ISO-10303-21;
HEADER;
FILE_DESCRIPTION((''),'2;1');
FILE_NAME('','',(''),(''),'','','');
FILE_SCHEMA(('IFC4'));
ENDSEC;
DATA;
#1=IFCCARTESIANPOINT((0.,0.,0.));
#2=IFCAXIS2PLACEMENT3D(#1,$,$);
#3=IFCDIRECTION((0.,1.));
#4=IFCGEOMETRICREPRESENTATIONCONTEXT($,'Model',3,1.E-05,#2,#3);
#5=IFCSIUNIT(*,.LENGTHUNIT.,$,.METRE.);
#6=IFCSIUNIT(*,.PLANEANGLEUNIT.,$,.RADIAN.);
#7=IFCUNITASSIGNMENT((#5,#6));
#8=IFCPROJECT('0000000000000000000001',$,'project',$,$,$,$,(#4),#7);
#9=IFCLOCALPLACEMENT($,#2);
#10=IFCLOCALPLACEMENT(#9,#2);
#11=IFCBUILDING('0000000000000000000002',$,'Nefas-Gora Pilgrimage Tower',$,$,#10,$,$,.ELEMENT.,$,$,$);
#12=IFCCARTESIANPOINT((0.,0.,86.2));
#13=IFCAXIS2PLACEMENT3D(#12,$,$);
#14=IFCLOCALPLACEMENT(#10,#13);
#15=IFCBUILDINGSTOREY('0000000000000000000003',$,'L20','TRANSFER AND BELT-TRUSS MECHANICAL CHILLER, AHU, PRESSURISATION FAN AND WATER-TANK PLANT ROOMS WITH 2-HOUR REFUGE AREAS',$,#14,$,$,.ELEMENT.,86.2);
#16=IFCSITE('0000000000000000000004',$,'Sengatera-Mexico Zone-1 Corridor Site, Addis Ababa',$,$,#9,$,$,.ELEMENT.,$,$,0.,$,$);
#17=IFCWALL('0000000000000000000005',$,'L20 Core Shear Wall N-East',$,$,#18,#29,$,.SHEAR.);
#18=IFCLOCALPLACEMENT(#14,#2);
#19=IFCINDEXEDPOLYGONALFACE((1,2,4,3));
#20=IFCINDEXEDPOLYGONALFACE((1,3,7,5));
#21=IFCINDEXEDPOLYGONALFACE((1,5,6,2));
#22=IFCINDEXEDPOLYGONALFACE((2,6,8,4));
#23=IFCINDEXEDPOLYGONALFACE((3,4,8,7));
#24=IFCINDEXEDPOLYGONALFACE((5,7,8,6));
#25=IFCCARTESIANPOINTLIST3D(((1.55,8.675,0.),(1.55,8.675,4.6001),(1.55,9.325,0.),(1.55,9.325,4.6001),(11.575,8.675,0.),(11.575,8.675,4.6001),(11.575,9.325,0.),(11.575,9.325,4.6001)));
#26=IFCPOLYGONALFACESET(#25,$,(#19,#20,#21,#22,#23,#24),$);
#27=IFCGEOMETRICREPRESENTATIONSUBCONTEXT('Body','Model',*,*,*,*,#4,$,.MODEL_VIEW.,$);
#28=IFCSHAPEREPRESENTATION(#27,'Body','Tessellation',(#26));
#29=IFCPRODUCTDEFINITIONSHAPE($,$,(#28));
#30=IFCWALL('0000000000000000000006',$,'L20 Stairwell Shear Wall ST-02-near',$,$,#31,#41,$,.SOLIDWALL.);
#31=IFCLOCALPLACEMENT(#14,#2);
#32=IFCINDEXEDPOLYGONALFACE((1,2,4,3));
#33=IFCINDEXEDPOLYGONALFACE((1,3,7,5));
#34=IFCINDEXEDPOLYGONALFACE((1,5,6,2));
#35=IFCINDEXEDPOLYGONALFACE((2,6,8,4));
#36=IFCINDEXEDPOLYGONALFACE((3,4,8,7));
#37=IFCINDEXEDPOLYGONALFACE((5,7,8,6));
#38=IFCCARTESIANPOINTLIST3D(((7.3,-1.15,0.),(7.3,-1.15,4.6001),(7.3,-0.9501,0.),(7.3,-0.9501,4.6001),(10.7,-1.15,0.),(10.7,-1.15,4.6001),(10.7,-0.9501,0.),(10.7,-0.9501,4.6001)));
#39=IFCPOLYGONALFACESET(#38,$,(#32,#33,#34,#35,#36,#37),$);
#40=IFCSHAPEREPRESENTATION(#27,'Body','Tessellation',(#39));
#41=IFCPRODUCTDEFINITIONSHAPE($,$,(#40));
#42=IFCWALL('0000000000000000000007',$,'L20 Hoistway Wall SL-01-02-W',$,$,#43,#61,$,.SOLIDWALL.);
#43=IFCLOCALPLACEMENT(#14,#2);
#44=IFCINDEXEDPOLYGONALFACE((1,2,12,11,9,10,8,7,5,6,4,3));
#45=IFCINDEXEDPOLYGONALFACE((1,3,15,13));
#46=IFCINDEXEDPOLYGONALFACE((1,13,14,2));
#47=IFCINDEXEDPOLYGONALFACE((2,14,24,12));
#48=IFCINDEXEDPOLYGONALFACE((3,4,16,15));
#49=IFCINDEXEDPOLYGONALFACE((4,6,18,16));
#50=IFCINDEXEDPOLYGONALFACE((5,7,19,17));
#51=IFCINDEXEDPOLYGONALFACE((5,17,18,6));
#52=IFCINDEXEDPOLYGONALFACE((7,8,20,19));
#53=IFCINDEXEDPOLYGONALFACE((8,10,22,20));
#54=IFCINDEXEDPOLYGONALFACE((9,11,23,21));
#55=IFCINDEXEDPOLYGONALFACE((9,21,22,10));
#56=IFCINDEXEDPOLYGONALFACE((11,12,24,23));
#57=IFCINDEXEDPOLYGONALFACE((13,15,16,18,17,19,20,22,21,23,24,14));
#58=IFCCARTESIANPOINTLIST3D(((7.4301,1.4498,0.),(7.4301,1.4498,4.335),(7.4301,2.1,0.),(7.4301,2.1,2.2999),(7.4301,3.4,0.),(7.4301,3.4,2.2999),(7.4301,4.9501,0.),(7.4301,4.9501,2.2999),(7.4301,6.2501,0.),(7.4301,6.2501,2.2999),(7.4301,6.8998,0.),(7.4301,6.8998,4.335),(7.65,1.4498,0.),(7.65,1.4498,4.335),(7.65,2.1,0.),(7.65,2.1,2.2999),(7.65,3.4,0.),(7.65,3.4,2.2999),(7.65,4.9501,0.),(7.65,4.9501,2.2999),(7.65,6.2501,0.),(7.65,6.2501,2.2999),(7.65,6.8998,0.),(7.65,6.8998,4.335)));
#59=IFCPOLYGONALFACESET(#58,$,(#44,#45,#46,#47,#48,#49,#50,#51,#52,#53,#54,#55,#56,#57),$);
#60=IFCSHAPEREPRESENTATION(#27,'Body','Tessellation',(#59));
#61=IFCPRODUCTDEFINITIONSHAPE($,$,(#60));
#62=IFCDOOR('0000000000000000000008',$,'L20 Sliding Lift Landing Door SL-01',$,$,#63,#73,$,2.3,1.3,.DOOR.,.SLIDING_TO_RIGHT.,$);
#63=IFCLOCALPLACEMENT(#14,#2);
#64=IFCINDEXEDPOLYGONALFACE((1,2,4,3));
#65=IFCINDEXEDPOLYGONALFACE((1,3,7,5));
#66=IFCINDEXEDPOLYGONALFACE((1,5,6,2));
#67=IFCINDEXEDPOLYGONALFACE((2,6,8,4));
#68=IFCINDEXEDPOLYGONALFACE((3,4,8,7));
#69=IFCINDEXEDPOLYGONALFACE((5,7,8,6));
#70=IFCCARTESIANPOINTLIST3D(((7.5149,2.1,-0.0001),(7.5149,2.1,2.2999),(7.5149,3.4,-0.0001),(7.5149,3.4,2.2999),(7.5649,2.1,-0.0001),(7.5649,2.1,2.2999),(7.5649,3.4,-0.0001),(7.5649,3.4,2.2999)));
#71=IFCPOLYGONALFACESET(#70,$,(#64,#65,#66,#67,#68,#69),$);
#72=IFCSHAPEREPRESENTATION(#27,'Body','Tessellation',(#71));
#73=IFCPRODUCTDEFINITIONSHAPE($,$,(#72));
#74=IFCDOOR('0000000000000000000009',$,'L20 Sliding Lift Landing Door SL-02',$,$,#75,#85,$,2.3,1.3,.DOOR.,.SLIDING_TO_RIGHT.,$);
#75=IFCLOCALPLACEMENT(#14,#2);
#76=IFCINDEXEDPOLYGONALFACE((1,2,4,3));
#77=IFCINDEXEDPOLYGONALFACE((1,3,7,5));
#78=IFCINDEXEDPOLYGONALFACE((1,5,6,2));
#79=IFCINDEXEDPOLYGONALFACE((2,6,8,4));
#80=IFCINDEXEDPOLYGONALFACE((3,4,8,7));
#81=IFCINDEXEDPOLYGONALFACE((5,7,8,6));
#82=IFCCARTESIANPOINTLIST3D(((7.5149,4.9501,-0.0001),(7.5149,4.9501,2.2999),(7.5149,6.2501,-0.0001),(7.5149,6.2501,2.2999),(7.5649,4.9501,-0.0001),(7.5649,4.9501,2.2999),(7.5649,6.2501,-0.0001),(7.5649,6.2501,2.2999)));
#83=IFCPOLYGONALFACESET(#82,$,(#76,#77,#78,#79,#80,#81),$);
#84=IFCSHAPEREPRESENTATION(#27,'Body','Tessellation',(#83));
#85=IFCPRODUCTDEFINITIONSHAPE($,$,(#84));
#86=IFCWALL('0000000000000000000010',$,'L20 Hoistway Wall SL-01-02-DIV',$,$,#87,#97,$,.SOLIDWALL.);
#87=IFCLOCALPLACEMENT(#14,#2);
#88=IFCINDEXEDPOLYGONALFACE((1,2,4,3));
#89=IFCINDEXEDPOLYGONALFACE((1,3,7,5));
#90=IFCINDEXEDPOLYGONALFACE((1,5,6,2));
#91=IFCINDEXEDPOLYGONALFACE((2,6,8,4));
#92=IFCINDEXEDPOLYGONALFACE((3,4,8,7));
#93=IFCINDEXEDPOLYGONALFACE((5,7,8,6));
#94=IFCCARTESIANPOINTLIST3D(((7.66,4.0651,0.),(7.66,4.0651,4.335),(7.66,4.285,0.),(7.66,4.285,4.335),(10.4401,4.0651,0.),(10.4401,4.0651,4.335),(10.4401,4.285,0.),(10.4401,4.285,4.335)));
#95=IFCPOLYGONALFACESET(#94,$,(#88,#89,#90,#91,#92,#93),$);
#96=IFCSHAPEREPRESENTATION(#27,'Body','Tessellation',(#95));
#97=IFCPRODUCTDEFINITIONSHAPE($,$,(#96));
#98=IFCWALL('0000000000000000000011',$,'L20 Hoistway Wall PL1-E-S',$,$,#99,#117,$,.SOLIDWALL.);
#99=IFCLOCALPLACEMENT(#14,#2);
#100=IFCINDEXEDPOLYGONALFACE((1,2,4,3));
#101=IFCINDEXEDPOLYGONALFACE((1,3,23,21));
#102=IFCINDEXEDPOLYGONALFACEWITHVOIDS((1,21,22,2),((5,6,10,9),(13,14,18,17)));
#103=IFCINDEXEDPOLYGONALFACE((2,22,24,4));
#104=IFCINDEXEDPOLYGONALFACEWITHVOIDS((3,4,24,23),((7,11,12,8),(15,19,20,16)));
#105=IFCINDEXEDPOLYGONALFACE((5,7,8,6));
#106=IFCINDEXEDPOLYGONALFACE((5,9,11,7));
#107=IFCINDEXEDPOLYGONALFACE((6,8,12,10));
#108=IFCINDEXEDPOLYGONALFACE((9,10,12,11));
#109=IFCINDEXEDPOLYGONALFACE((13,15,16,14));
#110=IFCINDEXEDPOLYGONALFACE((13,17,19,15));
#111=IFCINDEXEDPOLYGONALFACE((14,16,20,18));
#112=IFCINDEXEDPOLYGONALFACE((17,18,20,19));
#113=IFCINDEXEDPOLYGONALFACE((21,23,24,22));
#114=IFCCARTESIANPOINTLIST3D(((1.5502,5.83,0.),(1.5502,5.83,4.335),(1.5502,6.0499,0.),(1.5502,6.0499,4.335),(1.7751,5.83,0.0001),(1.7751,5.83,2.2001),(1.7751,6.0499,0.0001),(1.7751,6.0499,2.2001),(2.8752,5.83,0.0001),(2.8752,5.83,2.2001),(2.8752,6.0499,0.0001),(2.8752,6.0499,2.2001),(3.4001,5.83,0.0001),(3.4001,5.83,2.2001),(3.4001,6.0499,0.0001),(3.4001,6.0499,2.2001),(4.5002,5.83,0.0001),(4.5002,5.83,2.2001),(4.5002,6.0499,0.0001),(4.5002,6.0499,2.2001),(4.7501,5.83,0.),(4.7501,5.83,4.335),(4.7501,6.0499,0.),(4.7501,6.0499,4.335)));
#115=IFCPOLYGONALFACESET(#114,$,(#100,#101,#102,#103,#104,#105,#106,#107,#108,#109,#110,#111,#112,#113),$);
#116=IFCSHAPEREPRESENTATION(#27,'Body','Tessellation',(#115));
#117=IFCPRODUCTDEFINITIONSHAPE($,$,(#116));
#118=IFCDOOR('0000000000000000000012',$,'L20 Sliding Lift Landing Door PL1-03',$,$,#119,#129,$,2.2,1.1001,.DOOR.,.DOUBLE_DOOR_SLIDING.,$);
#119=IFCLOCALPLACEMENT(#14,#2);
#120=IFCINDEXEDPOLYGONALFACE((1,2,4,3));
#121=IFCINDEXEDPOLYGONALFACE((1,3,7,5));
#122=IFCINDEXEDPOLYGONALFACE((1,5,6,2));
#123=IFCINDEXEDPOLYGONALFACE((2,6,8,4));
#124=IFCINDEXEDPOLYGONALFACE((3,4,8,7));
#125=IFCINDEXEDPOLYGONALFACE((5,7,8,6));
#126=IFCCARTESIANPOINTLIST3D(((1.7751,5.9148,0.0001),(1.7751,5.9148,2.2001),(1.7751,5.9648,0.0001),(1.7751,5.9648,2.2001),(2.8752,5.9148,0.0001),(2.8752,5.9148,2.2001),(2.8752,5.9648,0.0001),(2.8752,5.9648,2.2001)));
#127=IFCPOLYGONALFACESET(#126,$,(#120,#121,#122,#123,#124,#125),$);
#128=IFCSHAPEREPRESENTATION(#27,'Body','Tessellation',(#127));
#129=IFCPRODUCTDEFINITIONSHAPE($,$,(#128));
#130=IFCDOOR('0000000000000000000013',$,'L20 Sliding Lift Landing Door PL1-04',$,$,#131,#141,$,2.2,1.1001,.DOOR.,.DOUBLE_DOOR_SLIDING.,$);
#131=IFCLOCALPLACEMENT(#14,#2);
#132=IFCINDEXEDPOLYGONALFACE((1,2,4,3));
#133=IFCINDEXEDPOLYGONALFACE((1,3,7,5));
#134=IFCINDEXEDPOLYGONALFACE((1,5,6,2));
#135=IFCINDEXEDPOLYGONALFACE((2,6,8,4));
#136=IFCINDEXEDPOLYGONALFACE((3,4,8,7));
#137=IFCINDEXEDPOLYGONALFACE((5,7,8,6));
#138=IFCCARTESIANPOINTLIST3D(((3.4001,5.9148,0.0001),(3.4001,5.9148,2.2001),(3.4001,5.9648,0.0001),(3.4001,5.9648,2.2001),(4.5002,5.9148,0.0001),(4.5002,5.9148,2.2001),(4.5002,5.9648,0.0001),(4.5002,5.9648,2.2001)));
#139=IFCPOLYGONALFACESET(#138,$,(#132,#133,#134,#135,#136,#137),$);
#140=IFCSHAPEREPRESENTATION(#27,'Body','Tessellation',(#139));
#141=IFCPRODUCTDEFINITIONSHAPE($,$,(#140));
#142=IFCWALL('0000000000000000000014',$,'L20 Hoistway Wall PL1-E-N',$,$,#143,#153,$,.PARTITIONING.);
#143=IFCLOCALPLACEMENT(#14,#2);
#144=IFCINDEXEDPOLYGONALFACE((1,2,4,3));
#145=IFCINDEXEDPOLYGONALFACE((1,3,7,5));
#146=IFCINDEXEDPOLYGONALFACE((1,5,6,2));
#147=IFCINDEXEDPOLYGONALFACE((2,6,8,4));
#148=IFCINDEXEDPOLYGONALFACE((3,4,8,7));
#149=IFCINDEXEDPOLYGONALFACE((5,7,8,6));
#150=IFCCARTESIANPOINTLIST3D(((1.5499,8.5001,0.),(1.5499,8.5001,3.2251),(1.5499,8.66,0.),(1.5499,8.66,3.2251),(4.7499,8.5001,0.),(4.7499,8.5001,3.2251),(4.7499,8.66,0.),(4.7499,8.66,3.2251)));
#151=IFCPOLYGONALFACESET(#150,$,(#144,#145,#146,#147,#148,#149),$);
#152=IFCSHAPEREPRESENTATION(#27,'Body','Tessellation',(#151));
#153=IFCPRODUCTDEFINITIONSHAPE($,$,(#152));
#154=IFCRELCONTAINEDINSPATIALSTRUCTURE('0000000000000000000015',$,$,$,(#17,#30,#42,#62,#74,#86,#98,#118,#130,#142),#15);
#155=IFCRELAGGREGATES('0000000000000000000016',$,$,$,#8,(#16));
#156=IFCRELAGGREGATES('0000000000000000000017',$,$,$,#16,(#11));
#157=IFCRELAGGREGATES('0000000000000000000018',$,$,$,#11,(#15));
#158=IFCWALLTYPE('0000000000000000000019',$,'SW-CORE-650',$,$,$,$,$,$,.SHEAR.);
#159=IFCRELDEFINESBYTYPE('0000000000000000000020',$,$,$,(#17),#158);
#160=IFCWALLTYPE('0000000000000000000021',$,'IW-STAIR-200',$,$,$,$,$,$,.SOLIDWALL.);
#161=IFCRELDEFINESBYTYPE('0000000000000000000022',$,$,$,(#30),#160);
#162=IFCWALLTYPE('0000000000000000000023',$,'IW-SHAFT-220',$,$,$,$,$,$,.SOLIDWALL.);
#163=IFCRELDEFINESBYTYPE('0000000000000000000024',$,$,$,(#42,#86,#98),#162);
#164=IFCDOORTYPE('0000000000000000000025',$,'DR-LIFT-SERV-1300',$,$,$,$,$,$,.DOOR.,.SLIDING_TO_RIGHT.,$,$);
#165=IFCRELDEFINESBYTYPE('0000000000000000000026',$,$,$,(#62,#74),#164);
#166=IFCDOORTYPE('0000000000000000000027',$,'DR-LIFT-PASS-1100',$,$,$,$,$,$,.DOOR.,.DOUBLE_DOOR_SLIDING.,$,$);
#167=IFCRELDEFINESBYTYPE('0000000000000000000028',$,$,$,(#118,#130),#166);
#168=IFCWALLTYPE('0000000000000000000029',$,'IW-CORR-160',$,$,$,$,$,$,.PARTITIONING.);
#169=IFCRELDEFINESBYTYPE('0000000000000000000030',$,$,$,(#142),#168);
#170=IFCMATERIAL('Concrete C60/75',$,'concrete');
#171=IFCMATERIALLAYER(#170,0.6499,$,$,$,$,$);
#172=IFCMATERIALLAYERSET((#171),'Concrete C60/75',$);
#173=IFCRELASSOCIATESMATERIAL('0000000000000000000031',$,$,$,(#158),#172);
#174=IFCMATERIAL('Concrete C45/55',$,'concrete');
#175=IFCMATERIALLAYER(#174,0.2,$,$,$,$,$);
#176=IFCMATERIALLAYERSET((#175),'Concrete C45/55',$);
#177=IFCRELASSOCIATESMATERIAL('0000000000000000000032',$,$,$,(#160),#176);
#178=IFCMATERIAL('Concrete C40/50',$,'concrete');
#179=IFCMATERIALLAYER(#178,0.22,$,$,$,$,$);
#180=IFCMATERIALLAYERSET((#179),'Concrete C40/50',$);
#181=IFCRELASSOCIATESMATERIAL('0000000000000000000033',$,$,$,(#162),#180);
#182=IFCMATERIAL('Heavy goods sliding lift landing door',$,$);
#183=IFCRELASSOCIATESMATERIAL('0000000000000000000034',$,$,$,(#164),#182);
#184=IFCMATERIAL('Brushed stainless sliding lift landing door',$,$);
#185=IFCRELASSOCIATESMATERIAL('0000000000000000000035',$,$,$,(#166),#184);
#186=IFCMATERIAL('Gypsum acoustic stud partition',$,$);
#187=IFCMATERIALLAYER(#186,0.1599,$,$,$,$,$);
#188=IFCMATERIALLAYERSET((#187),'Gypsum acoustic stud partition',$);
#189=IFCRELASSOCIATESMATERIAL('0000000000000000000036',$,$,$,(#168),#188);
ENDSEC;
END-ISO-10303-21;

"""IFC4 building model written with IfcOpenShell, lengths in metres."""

from ifc_helpers import new_model, si_unit, direction, frame, frame_2d, origin, place, context, subcontext, project, spatial, rectangle, extrude, source, transform, mapped, material, layer, layer_set, type_object, element, fill, save


model = new_model("IFC4")

# Units and contexts
model_context = context("Model", 3, precision=1e-05, world=origin(), true_north=direction((0.0, 1.0)))
body_context = subcontext(model_context, "Body", "Model", "MODEL_VIEW")
ifc_project = project(units=[si_unit("LENGTHUNIT", "METRE"), si_unit("PLANEANGLEUNIT", "RADIAN")], contexts=[model_context])

# Site, building, storey
site_placement = place(None, origin())
site = spatial("IfcSite", under=ifc_project, at=site_placement, Name="Sengatera-Mexico Zone-1 Corridor Site, Addis Ababa", CompositionType="ELEMENT", RefElevation=0.0)
building_placement = place(site_placement, origin())
building = spatial("IfcBuilding", under=site, at=building_placement, Name="Nefas-Gora Pilgrimage Tower", CompositionType="ELEMENT")
storey_placement = place(building_placement, frame((0.0, 0.0, 86.2)))
storey = spatial("IfcBuildingStorey", under=building, at=storey_placement, Name="L20", Description="TRANSFER AND BELT-TRUSS MECHANICAL CHILLER, AHU, PRESSURISATION FAN AND WATER-TANK PLANT ROOMS WITH 2-HOUR REFUGE AREAS", CompositionType="ELEMENT", Elevation=86.2)

# Walls
ifc_material_1 = material(Name="Concrete C60/75", Category="concrete")
ifc_layer_1 = layer(ifc_material_1, 0.6499)
ifc_layer_set_1 = layer_set([ifc_layer_1], Name="Concrete C60/75")
wall_type_1 = type_object("IfcWallType", Name="SW-CORE-650", PredefinedType="SHEAR", material=ifc_layer_set_1)
shared_shape_1 = source(origin(), body_context, "Body", "SweptSolid", [
    extrude(rectangle(XDim=10.0249, YDim=0.6499, at=frame_2d((5.0125, 0.0))), origin(), (0.0, 0.0, 1.0), 4.6001),
])
wall_1_placement = place(storey_placement, frame((1.55, 9.0, 0.0), z_axis=(0.0, 0.0, 1.0), x_axis=(1.0, 0.0, 0.0)))
element("IfcWall", 1, at=wall_1_placement, inside=storey, type_object=wall_type_1, Name="L20 Core Shear Wall N-East", PredefinedType="SHEAR", context=body_context, shape_type="MappedRepresentation", body=[
    mapped(shared_shape_1, transform((0.0, 0.0, 0.0), x_axis=(1.0, 0.0, 0.0), y_axis=(0.0, 1.0, 0.0), z_axis=(0.0, 0.0, 1.0), scale=1.0)),
])
ifc_material_2 = material(Name="Concrete C45/55", Category="concrete")
ifc_layer_2 = layer(ifc_material_2, 0.2)
ifc_layer_set_2 = layer_set([ifc_layer_2], Name="Concrete C45/55")
wall_type_2 = type_object("IfcWallType", Name="IW-STAIR-200", PredefinedType="SOLIDWALL", material=ifc_layer_set_2)
shared_shape_2 = source(origin(), body_context, "Body", "SweptSolid", [
    extrude(rectangle(XDim=3.3999, YDim=0.2, at=frame_2d((1.7, 0.0))), origin(), (0.0, 0.0, 1.0), 4.6001),
])
wall_2_placement = place(storey_placement, frame((7.3, -1.05, 0.0), z_axis=(0.0, 0.0, 1.0), x_axis=(1.0, 0.0, 0.0)))
element("IfcWall", 2, at=wall_2_placement, inside=storey, type_object=wall_type_2, Name="L20 Stairwell Shear Wall ST-02-near", PredefinedType="SOLIDWALL", context=body_context, shape_type="MappedRepresentation", body=[
    mapped(shared_shape_2, transform((0.0, 0.0, 0.0), x_axis=(1.0, 0.0, 0.0), y_axis=(0.0, 1.0, 0.0), z_axis=(0.0, 0.0, 1.0), scale=1.0)),
])

# Wall, openings, doors
ifc_material_3 = material(Name="Concrete C40/50", Category="concrete")
ifc_layer_3 = layer(ifc_material_3, 0.22)
ifc_layer_set_3 = layer_set([ifc_layer_3], Name="Concrete C40/50")
wall_type_3 = type_object("IfcWallType", Name="IW-SHAFT-220", PredefinedType="SOLIDWALL", material=ifc_layer_set_3)
shared_shape_3 = source(origin(), body_context, "Body", "SweptSolid", [
    extrude(rectangle(XDim=5.45, YDim=0.22, at=frame_2d((2.7251, 0.0))), origin(), (0.0, 0.0, 1.0), 4.335),
])
wall_3_placement = place(storey_placement, frame((7.54, 6.8999, 0.0), z_axis=(0.0, 0.0, 1.0), x_axis=(0.0, -1.0, 0.0)))
wall_3 = element("IfcWall", 3, at=wall_3_placement, inside=storey, type_object=wall_type_3, Name="L20 Hoistway Wall SL-01-02-W", PredefinedType="SOLIDWALL", context=body_context, shape_type="MappedRepresentation", body=[
    mapped(shared_shape_3, transform((0.0, 0.0, 0.0), x_axis=(1.0, 0.0, 0.0), y_axis=(0.0, 1.0, 0.0), z_axis=(0.0, 0.0, 1.0), scale=1.0)),
])
opening_1_placement = place(wall_3_placement, frame((3.5, 0.0, 0.0)))
opening_1 = element("IfcOpeningElement", 4, at=opening_1_placement, cuts=wall_3, PredefinedType="OPENING", context=body_context, shape_type="SweptSolid", body=[
    extrude(rectangle(XDim=1.3, YDim=2.3, at=frame_2d((0.6499, 1.1499))), frame((0.0, 0.1199, 0.0), z_axis=(0.0, -1.0, 0.0), x_axis=(1.0, 0.0, 0.0)), (0.0, 0.0, 1.0), 0.24),
])
opening_2_placement = place(wall_3_placement, frame((0.6499, 0.0, 0.0)))
opening_2 = element("IfcOpeningElement", 5, at=opening_2_placement, cuts=wall_3, PredefinedType="OPENING", context=body_context, shape_type="SweptSolid", body=[
    extrude(rectangle(XDim=1.3, YDim=2.3, at=frame_2d((0.6499, 1.1499))), frame((0.0, 0.1199, 0.0), z_axis=(0.0, -1.0, 0.0), x_axis=(1.0, 0.0, 0.0)), (0.0, 0.0, 1.0), 0.24),
])
ifc_material_4 = material(Name="Heavy goods sliding lift landing door")
door_type_1 = type_object("IfcDoorType", Name="DR-LIFT-SERV-1300", OperationType="SLIDING_TO_RIGHT", PredefinedType="DOOR", material=ifc_material_4)
shared_shape_4 = source(origin(), body_context, "Body", "SweptSolid", [
    extrude(rectangle(XDim=1.3, YDim=2.3, at=frame_2d((0.6499, 1.1499))), frame((0.0, 0.0249, 0.0), z_axis=(0.0, -1.0, 0.0), x_axis=(1.0, 0.0, 0.0)), (0.0, 0.0, 1.0), 0.05),
])
door_1_placement = place(opening_1_placement, origin())
door_1 = element("IfcDoor", 6, at=door_1_placement, inside=storey, type_object=door_type_1, Name="L20 Sliding Lift Landing Door SL-01", OperationType="SLIDING_TO_RIGHT", OverallHeight=2.3, OverallWidth=1.3, PredefinedType="DOOR", context=body_context, shape_type="MappedRepresentation", body=[
    mapped(shared_shape_4, transform((0.0, 0.0, 0.0), x_axis=(1.0, 0.0, 0.0), y_axis=(0.0, 1.0, 0.0), z_axis=(0.0, 0.0, 1.0), scale=1.0)),
])
fill(opening_1, door_1)
door_2_placement = place(opening_2_placement, origin())
door_2 = element("IfcDoor", 7, at=door_2_placement, inside=storey, type_object=door_type_1, Name="L20 Sliding Lift Landing Door SL-02", OperationType="SLIDING_TO_RIGHT", OverallHeight=2.3, OverallWidth=1.3, PredefinedType="DOOR", context=body_context, shape_type="MappedRepresentation", body=[
    mapped(shared_shape_4, transform((0.0, 0.0, 0.0), x_axis=(1.0, 0.0, 0.0), y_axis=(0.0, 1.0, 0.0), z_axis=(0.0, 0.0, 1.0), scale=1.0)),
])
fill(opening_2, door_2)

# Wall
shared_shape_5 = source(origin(), body_context, "Body", "SweptSolid", [
    extrude(rectangle(XDim=2.78, YDim=0.22, at=frame_2d((1.3901, 0.0))), origin(), (0.0, 0.0, 1.0), 4.335),
])
wall_4_placement = place(storey_placement, frame((7.6599, 4.175, 0.0), z_axis=(0.0, 0.0, 1.0), x_axis=(1.0, 0.0, 0.0)))
element("IfcWall", 8, at=wall_4_placement, inside=storey, type_object=wall_type_3, Name="L20 Hoistway Wall SL-01-02-DIV", PredefinedType="SOLIDWALL", context=body_context, shape_type="MappedRepresentation", body=[
    mapped(shared_shape_5, transform((0.0, 0.0, 0.0), x_axis=(1.0, 0.0, 0.0), y_axis=(0.0, 1.0, 0.0), z_axis=(0.0, 0.0, 1.0), scale=1.0)),
])

# Wall, openings, doors
shared_shape_6 = source(origin(), body_context, "Body", "SweptSolid", [
    extrude(rectangle(XDim=3.2, YDim=0.22, at=frame_2d((1.6001, 0.0))), origin(), (0.0, 0.0, 1.0), 4.335),
])
wall_5_placement = place(storey_placement, frame((1.55, 5.9399, 0.0), z_axis=(0.0, 0.0, 1.0), x_axis=(1.0, 0.0, 0.0)))
wall_5 = element("IfcWall", 9, at=wall_5_placement, inside=storey, type_object=wall_type_3, Name="L20 Hoistway Wall PL1-E-S", PredefinedType="SOLIDWALL", context=body_context, shape_type="MappedRepresentation", body=[
    mapped(shared_shape_6, transform((0.0, 0.0, 0.0), x_axis=(1.0, 0.0, 0.0), y_axis=(0.0, 1.0, 0.0), z_axis=(0.0, 0.0, 1.0), scale=1.0)),
])
opening_3_placement = place(wall_5_placement, frame((0.2251, 0.0, 0.0)))
opening_3 = element("IfcOpeningElement", 10, at=opening_3_placement, cuts=wall_5, PredefinedType="OPENING", context=body_context, shape_type="SweptSolid", body=[
    extrude(rectangle(XDim=1.1001, YDim=2.2, at=frame_2d((0.55, 1.1001))), frame((0.0, 0.1199, 0.0), z_axis=(0.0, -1.0, 0.0), x_axis=(1.0, 0.0, 0.0)), (0.0, 0.0, 1.0), 0.24),
])
opening_4_placement = place(wall_5_placement, frame((1.8501, 0.0, 0.0)))
opening_4 = element("IfcOpeningElement", 11, at=opening_4_placement, cuts=wall_5, PredefinedType="OPENING", context=body_context, shape_type="SweptSolid", body=[
    extrude(rectangle(XDim=1.1001, YDim=2.2, at=frame_2d((0.55, 1.1001))), frame((0.0, 0.1199, 0.0), z_axis=(0.0, -1.0, 0.0), x_axis=(1.0, 0.0, 0.0)), (0.0, 0.0, 1.0), 0.24),
])
ifc_material_5 = material(Name="Brushed stainless sliding lift landing door")
door_type_2 = type_object("IfcDoorType", Name="DR-LIFT-PASS-1100", OperationType="DOUBLE_DOOR_SLIDING", PredefinedType="DOOR", material=ifc_material_5)
shared_shape_7 = source(origin(), body_context, "Body", "SweptSolid", [
    extrude(rectangle(XDim=1.1001, YDim=2.2, at=frame_2d((0.55, 1.1001))), frame((0.0, 0.0249, 0.0), z_axis=(0.0, -1.0, 0.0), x_axis=(1.0, 0.0, 0.0)), (0.0, 0.0, 1.0), 0.05),
])
door_3_placement = place(opening_3_placement, origin())
door_3 = element("IfcDoor", 12, at=door_3_placement, inside=storey, type_object=door_type_2, Name="L20 Sliding Lift Landing Door PL1-03", OperationType="DOUBLE_DOOR_SLIDING", OverallHeight=2.2, OverallWidth=1.1001, PredefinedType="DOOR", context=body_context, shape_type="MappedRepresentation", body=[
    mapped(shared_shape_7, transform((0.0, 0.0, 0.0), x_axis=(1.0, 0.0, 0.0), y_axis=(0.0, 1.0, 0.0), z_axis=(0.0, 0.0, 1.0), scale=1.0)),
])
fill(opening_3, door_3)
door_4_placement = place(opening_4_placement, origin())
door_4 = element("IfcDoor", 13, at=door_4_placement, inside=storey, type_object=door_type_2, Name="L20 Sliding Lift Landing Door PL1-04", OperationType="DOUBLE_DOOR_SLIDING", OverallHeight=2.2, OverallWidth=1.1001, PredefinedType="DOOR", context=body_context, shape_type="MappedRepresentation", body=[
    mapped(shared_shape_7, transform((0.0, 0.0, 0.0), x_axis=(1.0, 0.0, 0.0), y_axis=(0.0, 1.0, 0.0), z_axis=(0.0, 0.0, 1.0), scale=1.0)),
])
fill(opening_4, door_4)

# Wall
ifc_material_6 = material(Name="Gypsum acoustic stud partition")
ifc_layer_4 = layer(ifc_material_6, 0.1599)
ifc_layer_set_4 = layer_set([ifc_layer_4], Name="Gypsum acoustic stud partition")
wall_type_4 = type_object("IfcWallType", Name="IW-CORR-160", PredefinedType="PARTITIONING", material=ifc_layer_set_4)
shared_shape_8 = source(origin(), body_context, "Body", "SweptSolid", [
    extrude(rectangle(XDim=3.2, YDim=0.1599, at=frame_2d((1.6001, 0.0))), origin(), (0.0, 0.0, 1.0), 3.2251),
])
wall_6_placement = place(storey_placement, frame((4.75, 8.5801, 0.0), z_axis=(0.0, 0.0, 1.0), x_axis=(-1.0, 0.0, 0.0)))
element("IfcWall", 14, at=wall_6_placement, inside=storey, type_object=wall_type_4, Name="L20 Hoistway Wall PL1-E-N", PredefinedType="PARTITIONING", context=body_context, shape_type="MappedRepresentation", body=[
    mapped(shared_shape_8, transform((0.0, 0.0, 0.0), x_axis=(1.0, 0.0, 0.0), y_axis=(0.0, 1.0, 0.0), z_axis=(0.0, 0.0, 1.0), scale=1.0)),
])

save(model, "model.ifc")
